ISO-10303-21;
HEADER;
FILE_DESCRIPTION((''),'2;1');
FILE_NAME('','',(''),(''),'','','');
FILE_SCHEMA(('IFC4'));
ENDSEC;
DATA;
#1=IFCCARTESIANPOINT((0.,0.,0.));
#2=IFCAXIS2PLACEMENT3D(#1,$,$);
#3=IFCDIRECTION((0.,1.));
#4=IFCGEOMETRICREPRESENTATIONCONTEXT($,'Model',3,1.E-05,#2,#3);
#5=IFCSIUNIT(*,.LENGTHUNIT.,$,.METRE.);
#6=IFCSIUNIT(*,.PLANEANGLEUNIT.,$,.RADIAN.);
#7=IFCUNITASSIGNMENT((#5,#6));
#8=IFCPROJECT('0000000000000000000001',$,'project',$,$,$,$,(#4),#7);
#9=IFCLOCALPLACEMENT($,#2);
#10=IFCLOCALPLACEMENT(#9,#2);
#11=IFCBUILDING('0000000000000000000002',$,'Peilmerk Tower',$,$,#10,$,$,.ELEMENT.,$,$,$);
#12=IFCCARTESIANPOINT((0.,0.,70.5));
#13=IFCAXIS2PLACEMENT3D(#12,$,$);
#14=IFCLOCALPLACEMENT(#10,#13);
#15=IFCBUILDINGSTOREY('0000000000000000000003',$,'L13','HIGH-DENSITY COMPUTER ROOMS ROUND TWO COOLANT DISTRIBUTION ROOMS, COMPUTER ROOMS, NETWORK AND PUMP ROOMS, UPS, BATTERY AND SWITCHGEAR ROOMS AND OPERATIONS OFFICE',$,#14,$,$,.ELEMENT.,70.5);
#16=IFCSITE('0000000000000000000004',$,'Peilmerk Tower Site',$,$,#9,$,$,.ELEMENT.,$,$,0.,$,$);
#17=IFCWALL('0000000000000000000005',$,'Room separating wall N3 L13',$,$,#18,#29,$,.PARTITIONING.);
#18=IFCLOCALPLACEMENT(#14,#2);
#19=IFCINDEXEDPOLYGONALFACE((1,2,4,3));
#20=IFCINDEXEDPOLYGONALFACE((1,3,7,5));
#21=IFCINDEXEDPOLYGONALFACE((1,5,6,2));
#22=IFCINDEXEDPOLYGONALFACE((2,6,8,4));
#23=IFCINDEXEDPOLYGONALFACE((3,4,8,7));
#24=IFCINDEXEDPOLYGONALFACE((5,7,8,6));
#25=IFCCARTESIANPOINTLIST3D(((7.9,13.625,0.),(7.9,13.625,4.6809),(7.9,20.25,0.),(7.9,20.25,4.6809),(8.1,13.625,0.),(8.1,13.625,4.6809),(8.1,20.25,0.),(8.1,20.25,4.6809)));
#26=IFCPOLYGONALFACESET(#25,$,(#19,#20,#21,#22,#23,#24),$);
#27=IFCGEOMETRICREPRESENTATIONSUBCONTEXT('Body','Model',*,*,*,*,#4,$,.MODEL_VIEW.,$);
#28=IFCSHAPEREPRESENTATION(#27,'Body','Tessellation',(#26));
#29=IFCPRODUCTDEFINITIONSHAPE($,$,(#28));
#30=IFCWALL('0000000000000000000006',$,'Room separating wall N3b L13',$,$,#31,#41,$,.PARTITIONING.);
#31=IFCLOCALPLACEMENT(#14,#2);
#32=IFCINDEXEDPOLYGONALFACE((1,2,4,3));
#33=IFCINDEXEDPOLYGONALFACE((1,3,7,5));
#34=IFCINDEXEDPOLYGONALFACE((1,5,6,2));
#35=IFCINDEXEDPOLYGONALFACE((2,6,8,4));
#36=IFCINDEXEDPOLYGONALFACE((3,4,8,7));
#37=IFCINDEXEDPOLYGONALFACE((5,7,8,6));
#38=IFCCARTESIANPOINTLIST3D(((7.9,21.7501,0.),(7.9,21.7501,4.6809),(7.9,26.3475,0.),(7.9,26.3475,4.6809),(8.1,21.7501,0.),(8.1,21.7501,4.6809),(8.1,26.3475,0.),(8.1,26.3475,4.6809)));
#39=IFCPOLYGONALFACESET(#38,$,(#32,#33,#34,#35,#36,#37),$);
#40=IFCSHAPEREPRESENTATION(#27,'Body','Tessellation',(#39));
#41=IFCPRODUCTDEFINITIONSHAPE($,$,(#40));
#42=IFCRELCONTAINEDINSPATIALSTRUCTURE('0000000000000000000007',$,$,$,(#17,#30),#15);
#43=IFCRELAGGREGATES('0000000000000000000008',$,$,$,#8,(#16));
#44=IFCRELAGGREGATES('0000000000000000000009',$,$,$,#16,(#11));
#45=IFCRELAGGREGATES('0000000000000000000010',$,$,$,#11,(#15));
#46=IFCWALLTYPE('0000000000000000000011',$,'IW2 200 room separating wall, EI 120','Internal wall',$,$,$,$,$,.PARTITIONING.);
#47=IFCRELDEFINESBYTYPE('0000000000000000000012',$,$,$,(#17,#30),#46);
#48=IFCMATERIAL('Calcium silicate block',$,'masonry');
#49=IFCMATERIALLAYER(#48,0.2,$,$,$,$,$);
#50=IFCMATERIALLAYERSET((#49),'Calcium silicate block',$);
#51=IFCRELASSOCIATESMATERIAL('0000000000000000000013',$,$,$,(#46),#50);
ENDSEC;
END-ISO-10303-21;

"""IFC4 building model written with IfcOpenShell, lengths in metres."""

from ifc_helpers import new_model, si_unit, direction, frame, frame_2d, origin, place, context, subcontext, project, spatial, rectangle, extrude, material, layer, layer_set, type_object, element, save


model = new_model("IFC4")

# Units and contexts
model_context = context("Model", 3, precision=1e-05, world=origin(), true_north=direction((0.0, 1.0)))
body_context = subcontext(model_context, "Body", "Model", "MODEL_VIEW")
ifc_project = project(units=[si_unit("LENGTHUNIT", "METRE"), si_unit("PLANEANGLEUNIT", "RADIAN")], contexts=[model_context])

# Site, building, storey
site_placement = place(None, origin())
site = spatial("IfcSite", under=ifc_project, at=site_placement, Name="Peilmerk Tower Site", CompositionType="ELEMENT", RefElevation=0.0)
building_placement = place(site_placement, origin())
building = spatial("IfcBuilding", under=site, at=building_placement, Name="Peilmerk Tower", CompositionType="ELEMENT")
storey_placement = place(building_placement, frame((0.0, 0.0, 70.5)))
storey = spatial("IfcBuildingStorey", under=building, at=storey_placement, Name="L13", Description="HIGH-DENSITY COMPUTER ROOMS ROUND TWO COOLANT DISTRIBUTION ROOMS, COMPUTER ROOMS, NETWORK AND PUMP ROOMS, UPS, BATTERY AND SWITCHGEAR ROOMS AND OPERATIONS OFFICE", CompositionType="ELEMENT", Elevation=70.5)

# Walls
ifc_material_1 = material(Name="Calcium silicate block", Category="masonry")
ifc_layer = layer(ifc_material_1, 0.2)
ifc_layer_set = layer_set([ifc_layer], Name="Calcium silicate block")
wall_type = type_object("IfcWallType", Name="IW2 200 room separating wall, EI 120", Description="Internal wall", PredefinedType="PARTITIONING", material=ifc_layer_set)
wall_1_placement = place(storey_placement, frame((8.0, 13.625, 0.0), z_axis=(0.0, 0.0, 1.0), x_axis=(0.0, 1.0, 0.0)))
element("IfcWall", 1, at=wall_1_placement, inside=storey, type_object=wall_type, Name="Room separating wall N3 L13", PredefinedType="PARTITIONING", context=body_context, shape_type="SweptSolid", body=[
    extrude(rectangle(XDim=6.625, YDim=0.2, at=frame_2d((3.3125, 0.0))), origin(), (0.0, 0.0, 1.0), 4.6809),
])
wall_2_placement = place(storey_placement, frame((8.0, 21.75, 0.0), z_axis=(0.0, 0.0, 1.0), x_axis=(0.0, 1.0, 0.0)))
element("IfcWall", 2, at=wall_2_placement, inside=storey, type_object=wall_type, Name="Room separating wall N3b L13", PredefinedType="PARTITIONING", context=body_context, shape_type="SweptSolid", body=[
    extrude(rectangle(XDim=4.5974, YDim=0.2, at=frame_2d((2.2988, 0.0))), origin(), (0.0, 0.0, 1.0), 4.6809),
])

save(model, "model.ifc")
